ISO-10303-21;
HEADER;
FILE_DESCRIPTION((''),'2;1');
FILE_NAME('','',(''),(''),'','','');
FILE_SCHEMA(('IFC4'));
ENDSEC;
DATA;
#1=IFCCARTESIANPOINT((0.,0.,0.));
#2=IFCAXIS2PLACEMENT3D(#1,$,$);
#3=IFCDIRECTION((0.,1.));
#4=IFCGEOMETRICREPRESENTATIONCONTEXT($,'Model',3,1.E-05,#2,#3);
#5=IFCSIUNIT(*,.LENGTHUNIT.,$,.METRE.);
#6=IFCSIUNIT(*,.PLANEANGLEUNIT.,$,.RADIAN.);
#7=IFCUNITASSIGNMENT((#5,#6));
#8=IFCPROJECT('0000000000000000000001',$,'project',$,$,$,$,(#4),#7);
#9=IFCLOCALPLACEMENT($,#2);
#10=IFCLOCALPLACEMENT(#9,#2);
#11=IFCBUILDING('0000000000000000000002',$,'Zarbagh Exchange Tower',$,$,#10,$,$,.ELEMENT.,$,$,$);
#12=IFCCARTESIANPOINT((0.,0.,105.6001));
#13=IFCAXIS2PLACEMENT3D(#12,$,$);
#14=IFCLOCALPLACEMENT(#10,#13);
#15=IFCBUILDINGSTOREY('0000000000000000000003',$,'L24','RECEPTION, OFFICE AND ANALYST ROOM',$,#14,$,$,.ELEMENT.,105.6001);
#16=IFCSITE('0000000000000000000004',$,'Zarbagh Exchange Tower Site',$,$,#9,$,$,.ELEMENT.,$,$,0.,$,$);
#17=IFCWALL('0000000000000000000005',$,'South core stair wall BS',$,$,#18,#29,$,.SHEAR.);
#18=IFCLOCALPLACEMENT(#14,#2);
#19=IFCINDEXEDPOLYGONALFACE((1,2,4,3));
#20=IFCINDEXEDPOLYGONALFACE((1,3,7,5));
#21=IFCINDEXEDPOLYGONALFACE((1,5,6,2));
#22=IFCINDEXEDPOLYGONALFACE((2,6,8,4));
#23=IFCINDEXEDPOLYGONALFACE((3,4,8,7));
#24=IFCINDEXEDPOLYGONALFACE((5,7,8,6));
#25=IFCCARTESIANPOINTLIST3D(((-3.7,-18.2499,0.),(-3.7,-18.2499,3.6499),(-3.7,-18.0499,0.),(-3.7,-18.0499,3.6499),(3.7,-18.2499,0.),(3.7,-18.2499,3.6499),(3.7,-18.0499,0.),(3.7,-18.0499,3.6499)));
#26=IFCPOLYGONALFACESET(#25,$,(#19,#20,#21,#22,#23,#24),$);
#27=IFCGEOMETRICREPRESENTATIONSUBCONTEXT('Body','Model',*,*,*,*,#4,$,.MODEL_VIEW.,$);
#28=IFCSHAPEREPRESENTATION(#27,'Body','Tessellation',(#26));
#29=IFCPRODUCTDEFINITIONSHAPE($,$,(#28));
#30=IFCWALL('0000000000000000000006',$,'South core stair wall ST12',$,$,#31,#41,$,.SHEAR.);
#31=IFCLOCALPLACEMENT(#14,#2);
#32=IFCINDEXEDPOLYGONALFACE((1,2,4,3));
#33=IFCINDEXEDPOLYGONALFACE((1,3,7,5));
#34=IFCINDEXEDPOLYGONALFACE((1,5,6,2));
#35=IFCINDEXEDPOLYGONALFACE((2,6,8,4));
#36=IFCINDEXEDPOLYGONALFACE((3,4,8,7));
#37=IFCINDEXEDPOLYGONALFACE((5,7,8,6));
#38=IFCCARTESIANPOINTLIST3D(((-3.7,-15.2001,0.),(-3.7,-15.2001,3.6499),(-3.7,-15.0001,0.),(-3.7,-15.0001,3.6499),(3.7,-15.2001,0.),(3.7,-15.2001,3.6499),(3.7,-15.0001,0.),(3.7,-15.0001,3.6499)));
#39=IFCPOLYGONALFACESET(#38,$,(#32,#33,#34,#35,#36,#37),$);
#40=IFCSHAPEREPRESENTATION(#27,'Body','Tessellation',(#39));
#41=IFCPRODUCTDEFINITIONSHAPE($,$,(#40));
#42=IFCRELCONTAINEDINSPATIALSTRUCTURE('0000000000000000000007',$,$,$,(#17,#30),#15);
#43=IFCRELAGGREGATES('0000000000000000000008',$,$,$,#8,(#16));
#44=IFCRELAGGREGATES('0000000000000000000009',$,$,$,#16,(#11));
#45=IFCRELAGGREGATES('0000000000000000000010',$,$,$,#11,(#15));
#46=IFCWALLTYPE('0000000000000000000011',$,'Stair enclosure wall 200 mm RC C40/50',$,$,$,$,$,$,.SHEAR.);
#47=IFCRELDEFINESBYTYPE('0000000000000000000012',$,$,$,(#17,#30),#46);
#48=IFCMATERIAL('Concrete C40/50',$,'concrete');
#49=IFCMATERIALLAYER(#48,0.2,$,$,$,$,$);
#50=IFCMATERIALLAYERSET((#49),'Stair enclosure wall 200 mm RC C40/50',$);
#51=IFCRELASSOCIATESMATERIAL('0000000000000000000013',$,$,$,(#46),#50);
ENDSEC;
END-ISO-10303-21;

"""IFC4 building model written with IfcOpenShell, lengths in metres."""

from ifc_helpers import new_model, si_unit, direction, frame, frame_2d, origin, place, context, subcontext, project, spatial, rectangle, extrude, material, layer, layer_set, type_object, element, save


model = new_model("IFC4")

# Units and contexts
model_context = context("Model", 3, precision=1e-05, world=origin(), true_north=direction((0.0, 1.0)))
body_context = subcontext(model_context, "Body", "Model", "MODEL_VIEW")
ifc_project = project(units=[si_unit("LENGTHUNIT", "METRE"), si_unit("PLANEANGLEUNIT", "RADIAN")], contexts=[model_context])

# Site, building, storey
site_placement = place(None, origin())
site = spatial("IfcSite", under=ifc_project, at=site_placement, Name="Zarbagh Exchange Tower Site", CompositionType="ELEMENT", RefElevation=0.0)
building_placement = place(site_placement, origin())
building = spatial("IfcBuilding", under=site, at=building_placement, Name="Zarbagh Exchange Tower", CompositionType="ELEMENT")
storey_placement = place(building_placement, frame((0.0, 0.0, 105.6001)))
storey = spatial("IfcBuildingStorey", under=building, at=storey_placement, Name="L24", Description="RECEPTION, OFFICE AND ANALYST ROOM", CompositionType="ELEMENT", Elevation=105.6001)

# Walls
ifc_material_1 = material(Name="Concrete C40/50", Category="concrete")
ifc_layer_1 = layer(ifc_material_1, 0.2)
ifc_layer_set_1 = layer_set([ifc_layer_1], Name="Stair enclosure wall 200 mm RC C40/50")
wall_type_1 = type_object("IfcWallType", Name="Stair enclosure wall 200 mm RC C40/50", PredefinedType="SHEAR", material=ifc_layer_set_1)
for number, where, z_axis, x_axis, name in (
    (1, (3.7, -18.1499, 0.0), (0.0, 0.0, 1.0), (-1.0, 0.0, 0.0), "South core stair wall BS"),
    (2, (3.7, -15.1001, 0.0), (0.0, 0.0, 1.0), (-1.0, 0.0, 0.0), "South core stair wall ST12"),
):
    element("IfcWall", number, at=place(storey_placement, frame(where, z_axis=z_axis, x_axis=x_axis)), inside=storey, type_object=wall_type_1, Name=name, PredefinedType="SHEAR", context=body_context, shape_type="SweptSolid", body=[
        extrude(rectangle(XDim=7.3999, YDim=0.2, at=frame_2d((3.7, 0.0))), origin(), (0.0, 0.0, 1.0), 3.6499),
    ])

save(model, "model.ifc")
